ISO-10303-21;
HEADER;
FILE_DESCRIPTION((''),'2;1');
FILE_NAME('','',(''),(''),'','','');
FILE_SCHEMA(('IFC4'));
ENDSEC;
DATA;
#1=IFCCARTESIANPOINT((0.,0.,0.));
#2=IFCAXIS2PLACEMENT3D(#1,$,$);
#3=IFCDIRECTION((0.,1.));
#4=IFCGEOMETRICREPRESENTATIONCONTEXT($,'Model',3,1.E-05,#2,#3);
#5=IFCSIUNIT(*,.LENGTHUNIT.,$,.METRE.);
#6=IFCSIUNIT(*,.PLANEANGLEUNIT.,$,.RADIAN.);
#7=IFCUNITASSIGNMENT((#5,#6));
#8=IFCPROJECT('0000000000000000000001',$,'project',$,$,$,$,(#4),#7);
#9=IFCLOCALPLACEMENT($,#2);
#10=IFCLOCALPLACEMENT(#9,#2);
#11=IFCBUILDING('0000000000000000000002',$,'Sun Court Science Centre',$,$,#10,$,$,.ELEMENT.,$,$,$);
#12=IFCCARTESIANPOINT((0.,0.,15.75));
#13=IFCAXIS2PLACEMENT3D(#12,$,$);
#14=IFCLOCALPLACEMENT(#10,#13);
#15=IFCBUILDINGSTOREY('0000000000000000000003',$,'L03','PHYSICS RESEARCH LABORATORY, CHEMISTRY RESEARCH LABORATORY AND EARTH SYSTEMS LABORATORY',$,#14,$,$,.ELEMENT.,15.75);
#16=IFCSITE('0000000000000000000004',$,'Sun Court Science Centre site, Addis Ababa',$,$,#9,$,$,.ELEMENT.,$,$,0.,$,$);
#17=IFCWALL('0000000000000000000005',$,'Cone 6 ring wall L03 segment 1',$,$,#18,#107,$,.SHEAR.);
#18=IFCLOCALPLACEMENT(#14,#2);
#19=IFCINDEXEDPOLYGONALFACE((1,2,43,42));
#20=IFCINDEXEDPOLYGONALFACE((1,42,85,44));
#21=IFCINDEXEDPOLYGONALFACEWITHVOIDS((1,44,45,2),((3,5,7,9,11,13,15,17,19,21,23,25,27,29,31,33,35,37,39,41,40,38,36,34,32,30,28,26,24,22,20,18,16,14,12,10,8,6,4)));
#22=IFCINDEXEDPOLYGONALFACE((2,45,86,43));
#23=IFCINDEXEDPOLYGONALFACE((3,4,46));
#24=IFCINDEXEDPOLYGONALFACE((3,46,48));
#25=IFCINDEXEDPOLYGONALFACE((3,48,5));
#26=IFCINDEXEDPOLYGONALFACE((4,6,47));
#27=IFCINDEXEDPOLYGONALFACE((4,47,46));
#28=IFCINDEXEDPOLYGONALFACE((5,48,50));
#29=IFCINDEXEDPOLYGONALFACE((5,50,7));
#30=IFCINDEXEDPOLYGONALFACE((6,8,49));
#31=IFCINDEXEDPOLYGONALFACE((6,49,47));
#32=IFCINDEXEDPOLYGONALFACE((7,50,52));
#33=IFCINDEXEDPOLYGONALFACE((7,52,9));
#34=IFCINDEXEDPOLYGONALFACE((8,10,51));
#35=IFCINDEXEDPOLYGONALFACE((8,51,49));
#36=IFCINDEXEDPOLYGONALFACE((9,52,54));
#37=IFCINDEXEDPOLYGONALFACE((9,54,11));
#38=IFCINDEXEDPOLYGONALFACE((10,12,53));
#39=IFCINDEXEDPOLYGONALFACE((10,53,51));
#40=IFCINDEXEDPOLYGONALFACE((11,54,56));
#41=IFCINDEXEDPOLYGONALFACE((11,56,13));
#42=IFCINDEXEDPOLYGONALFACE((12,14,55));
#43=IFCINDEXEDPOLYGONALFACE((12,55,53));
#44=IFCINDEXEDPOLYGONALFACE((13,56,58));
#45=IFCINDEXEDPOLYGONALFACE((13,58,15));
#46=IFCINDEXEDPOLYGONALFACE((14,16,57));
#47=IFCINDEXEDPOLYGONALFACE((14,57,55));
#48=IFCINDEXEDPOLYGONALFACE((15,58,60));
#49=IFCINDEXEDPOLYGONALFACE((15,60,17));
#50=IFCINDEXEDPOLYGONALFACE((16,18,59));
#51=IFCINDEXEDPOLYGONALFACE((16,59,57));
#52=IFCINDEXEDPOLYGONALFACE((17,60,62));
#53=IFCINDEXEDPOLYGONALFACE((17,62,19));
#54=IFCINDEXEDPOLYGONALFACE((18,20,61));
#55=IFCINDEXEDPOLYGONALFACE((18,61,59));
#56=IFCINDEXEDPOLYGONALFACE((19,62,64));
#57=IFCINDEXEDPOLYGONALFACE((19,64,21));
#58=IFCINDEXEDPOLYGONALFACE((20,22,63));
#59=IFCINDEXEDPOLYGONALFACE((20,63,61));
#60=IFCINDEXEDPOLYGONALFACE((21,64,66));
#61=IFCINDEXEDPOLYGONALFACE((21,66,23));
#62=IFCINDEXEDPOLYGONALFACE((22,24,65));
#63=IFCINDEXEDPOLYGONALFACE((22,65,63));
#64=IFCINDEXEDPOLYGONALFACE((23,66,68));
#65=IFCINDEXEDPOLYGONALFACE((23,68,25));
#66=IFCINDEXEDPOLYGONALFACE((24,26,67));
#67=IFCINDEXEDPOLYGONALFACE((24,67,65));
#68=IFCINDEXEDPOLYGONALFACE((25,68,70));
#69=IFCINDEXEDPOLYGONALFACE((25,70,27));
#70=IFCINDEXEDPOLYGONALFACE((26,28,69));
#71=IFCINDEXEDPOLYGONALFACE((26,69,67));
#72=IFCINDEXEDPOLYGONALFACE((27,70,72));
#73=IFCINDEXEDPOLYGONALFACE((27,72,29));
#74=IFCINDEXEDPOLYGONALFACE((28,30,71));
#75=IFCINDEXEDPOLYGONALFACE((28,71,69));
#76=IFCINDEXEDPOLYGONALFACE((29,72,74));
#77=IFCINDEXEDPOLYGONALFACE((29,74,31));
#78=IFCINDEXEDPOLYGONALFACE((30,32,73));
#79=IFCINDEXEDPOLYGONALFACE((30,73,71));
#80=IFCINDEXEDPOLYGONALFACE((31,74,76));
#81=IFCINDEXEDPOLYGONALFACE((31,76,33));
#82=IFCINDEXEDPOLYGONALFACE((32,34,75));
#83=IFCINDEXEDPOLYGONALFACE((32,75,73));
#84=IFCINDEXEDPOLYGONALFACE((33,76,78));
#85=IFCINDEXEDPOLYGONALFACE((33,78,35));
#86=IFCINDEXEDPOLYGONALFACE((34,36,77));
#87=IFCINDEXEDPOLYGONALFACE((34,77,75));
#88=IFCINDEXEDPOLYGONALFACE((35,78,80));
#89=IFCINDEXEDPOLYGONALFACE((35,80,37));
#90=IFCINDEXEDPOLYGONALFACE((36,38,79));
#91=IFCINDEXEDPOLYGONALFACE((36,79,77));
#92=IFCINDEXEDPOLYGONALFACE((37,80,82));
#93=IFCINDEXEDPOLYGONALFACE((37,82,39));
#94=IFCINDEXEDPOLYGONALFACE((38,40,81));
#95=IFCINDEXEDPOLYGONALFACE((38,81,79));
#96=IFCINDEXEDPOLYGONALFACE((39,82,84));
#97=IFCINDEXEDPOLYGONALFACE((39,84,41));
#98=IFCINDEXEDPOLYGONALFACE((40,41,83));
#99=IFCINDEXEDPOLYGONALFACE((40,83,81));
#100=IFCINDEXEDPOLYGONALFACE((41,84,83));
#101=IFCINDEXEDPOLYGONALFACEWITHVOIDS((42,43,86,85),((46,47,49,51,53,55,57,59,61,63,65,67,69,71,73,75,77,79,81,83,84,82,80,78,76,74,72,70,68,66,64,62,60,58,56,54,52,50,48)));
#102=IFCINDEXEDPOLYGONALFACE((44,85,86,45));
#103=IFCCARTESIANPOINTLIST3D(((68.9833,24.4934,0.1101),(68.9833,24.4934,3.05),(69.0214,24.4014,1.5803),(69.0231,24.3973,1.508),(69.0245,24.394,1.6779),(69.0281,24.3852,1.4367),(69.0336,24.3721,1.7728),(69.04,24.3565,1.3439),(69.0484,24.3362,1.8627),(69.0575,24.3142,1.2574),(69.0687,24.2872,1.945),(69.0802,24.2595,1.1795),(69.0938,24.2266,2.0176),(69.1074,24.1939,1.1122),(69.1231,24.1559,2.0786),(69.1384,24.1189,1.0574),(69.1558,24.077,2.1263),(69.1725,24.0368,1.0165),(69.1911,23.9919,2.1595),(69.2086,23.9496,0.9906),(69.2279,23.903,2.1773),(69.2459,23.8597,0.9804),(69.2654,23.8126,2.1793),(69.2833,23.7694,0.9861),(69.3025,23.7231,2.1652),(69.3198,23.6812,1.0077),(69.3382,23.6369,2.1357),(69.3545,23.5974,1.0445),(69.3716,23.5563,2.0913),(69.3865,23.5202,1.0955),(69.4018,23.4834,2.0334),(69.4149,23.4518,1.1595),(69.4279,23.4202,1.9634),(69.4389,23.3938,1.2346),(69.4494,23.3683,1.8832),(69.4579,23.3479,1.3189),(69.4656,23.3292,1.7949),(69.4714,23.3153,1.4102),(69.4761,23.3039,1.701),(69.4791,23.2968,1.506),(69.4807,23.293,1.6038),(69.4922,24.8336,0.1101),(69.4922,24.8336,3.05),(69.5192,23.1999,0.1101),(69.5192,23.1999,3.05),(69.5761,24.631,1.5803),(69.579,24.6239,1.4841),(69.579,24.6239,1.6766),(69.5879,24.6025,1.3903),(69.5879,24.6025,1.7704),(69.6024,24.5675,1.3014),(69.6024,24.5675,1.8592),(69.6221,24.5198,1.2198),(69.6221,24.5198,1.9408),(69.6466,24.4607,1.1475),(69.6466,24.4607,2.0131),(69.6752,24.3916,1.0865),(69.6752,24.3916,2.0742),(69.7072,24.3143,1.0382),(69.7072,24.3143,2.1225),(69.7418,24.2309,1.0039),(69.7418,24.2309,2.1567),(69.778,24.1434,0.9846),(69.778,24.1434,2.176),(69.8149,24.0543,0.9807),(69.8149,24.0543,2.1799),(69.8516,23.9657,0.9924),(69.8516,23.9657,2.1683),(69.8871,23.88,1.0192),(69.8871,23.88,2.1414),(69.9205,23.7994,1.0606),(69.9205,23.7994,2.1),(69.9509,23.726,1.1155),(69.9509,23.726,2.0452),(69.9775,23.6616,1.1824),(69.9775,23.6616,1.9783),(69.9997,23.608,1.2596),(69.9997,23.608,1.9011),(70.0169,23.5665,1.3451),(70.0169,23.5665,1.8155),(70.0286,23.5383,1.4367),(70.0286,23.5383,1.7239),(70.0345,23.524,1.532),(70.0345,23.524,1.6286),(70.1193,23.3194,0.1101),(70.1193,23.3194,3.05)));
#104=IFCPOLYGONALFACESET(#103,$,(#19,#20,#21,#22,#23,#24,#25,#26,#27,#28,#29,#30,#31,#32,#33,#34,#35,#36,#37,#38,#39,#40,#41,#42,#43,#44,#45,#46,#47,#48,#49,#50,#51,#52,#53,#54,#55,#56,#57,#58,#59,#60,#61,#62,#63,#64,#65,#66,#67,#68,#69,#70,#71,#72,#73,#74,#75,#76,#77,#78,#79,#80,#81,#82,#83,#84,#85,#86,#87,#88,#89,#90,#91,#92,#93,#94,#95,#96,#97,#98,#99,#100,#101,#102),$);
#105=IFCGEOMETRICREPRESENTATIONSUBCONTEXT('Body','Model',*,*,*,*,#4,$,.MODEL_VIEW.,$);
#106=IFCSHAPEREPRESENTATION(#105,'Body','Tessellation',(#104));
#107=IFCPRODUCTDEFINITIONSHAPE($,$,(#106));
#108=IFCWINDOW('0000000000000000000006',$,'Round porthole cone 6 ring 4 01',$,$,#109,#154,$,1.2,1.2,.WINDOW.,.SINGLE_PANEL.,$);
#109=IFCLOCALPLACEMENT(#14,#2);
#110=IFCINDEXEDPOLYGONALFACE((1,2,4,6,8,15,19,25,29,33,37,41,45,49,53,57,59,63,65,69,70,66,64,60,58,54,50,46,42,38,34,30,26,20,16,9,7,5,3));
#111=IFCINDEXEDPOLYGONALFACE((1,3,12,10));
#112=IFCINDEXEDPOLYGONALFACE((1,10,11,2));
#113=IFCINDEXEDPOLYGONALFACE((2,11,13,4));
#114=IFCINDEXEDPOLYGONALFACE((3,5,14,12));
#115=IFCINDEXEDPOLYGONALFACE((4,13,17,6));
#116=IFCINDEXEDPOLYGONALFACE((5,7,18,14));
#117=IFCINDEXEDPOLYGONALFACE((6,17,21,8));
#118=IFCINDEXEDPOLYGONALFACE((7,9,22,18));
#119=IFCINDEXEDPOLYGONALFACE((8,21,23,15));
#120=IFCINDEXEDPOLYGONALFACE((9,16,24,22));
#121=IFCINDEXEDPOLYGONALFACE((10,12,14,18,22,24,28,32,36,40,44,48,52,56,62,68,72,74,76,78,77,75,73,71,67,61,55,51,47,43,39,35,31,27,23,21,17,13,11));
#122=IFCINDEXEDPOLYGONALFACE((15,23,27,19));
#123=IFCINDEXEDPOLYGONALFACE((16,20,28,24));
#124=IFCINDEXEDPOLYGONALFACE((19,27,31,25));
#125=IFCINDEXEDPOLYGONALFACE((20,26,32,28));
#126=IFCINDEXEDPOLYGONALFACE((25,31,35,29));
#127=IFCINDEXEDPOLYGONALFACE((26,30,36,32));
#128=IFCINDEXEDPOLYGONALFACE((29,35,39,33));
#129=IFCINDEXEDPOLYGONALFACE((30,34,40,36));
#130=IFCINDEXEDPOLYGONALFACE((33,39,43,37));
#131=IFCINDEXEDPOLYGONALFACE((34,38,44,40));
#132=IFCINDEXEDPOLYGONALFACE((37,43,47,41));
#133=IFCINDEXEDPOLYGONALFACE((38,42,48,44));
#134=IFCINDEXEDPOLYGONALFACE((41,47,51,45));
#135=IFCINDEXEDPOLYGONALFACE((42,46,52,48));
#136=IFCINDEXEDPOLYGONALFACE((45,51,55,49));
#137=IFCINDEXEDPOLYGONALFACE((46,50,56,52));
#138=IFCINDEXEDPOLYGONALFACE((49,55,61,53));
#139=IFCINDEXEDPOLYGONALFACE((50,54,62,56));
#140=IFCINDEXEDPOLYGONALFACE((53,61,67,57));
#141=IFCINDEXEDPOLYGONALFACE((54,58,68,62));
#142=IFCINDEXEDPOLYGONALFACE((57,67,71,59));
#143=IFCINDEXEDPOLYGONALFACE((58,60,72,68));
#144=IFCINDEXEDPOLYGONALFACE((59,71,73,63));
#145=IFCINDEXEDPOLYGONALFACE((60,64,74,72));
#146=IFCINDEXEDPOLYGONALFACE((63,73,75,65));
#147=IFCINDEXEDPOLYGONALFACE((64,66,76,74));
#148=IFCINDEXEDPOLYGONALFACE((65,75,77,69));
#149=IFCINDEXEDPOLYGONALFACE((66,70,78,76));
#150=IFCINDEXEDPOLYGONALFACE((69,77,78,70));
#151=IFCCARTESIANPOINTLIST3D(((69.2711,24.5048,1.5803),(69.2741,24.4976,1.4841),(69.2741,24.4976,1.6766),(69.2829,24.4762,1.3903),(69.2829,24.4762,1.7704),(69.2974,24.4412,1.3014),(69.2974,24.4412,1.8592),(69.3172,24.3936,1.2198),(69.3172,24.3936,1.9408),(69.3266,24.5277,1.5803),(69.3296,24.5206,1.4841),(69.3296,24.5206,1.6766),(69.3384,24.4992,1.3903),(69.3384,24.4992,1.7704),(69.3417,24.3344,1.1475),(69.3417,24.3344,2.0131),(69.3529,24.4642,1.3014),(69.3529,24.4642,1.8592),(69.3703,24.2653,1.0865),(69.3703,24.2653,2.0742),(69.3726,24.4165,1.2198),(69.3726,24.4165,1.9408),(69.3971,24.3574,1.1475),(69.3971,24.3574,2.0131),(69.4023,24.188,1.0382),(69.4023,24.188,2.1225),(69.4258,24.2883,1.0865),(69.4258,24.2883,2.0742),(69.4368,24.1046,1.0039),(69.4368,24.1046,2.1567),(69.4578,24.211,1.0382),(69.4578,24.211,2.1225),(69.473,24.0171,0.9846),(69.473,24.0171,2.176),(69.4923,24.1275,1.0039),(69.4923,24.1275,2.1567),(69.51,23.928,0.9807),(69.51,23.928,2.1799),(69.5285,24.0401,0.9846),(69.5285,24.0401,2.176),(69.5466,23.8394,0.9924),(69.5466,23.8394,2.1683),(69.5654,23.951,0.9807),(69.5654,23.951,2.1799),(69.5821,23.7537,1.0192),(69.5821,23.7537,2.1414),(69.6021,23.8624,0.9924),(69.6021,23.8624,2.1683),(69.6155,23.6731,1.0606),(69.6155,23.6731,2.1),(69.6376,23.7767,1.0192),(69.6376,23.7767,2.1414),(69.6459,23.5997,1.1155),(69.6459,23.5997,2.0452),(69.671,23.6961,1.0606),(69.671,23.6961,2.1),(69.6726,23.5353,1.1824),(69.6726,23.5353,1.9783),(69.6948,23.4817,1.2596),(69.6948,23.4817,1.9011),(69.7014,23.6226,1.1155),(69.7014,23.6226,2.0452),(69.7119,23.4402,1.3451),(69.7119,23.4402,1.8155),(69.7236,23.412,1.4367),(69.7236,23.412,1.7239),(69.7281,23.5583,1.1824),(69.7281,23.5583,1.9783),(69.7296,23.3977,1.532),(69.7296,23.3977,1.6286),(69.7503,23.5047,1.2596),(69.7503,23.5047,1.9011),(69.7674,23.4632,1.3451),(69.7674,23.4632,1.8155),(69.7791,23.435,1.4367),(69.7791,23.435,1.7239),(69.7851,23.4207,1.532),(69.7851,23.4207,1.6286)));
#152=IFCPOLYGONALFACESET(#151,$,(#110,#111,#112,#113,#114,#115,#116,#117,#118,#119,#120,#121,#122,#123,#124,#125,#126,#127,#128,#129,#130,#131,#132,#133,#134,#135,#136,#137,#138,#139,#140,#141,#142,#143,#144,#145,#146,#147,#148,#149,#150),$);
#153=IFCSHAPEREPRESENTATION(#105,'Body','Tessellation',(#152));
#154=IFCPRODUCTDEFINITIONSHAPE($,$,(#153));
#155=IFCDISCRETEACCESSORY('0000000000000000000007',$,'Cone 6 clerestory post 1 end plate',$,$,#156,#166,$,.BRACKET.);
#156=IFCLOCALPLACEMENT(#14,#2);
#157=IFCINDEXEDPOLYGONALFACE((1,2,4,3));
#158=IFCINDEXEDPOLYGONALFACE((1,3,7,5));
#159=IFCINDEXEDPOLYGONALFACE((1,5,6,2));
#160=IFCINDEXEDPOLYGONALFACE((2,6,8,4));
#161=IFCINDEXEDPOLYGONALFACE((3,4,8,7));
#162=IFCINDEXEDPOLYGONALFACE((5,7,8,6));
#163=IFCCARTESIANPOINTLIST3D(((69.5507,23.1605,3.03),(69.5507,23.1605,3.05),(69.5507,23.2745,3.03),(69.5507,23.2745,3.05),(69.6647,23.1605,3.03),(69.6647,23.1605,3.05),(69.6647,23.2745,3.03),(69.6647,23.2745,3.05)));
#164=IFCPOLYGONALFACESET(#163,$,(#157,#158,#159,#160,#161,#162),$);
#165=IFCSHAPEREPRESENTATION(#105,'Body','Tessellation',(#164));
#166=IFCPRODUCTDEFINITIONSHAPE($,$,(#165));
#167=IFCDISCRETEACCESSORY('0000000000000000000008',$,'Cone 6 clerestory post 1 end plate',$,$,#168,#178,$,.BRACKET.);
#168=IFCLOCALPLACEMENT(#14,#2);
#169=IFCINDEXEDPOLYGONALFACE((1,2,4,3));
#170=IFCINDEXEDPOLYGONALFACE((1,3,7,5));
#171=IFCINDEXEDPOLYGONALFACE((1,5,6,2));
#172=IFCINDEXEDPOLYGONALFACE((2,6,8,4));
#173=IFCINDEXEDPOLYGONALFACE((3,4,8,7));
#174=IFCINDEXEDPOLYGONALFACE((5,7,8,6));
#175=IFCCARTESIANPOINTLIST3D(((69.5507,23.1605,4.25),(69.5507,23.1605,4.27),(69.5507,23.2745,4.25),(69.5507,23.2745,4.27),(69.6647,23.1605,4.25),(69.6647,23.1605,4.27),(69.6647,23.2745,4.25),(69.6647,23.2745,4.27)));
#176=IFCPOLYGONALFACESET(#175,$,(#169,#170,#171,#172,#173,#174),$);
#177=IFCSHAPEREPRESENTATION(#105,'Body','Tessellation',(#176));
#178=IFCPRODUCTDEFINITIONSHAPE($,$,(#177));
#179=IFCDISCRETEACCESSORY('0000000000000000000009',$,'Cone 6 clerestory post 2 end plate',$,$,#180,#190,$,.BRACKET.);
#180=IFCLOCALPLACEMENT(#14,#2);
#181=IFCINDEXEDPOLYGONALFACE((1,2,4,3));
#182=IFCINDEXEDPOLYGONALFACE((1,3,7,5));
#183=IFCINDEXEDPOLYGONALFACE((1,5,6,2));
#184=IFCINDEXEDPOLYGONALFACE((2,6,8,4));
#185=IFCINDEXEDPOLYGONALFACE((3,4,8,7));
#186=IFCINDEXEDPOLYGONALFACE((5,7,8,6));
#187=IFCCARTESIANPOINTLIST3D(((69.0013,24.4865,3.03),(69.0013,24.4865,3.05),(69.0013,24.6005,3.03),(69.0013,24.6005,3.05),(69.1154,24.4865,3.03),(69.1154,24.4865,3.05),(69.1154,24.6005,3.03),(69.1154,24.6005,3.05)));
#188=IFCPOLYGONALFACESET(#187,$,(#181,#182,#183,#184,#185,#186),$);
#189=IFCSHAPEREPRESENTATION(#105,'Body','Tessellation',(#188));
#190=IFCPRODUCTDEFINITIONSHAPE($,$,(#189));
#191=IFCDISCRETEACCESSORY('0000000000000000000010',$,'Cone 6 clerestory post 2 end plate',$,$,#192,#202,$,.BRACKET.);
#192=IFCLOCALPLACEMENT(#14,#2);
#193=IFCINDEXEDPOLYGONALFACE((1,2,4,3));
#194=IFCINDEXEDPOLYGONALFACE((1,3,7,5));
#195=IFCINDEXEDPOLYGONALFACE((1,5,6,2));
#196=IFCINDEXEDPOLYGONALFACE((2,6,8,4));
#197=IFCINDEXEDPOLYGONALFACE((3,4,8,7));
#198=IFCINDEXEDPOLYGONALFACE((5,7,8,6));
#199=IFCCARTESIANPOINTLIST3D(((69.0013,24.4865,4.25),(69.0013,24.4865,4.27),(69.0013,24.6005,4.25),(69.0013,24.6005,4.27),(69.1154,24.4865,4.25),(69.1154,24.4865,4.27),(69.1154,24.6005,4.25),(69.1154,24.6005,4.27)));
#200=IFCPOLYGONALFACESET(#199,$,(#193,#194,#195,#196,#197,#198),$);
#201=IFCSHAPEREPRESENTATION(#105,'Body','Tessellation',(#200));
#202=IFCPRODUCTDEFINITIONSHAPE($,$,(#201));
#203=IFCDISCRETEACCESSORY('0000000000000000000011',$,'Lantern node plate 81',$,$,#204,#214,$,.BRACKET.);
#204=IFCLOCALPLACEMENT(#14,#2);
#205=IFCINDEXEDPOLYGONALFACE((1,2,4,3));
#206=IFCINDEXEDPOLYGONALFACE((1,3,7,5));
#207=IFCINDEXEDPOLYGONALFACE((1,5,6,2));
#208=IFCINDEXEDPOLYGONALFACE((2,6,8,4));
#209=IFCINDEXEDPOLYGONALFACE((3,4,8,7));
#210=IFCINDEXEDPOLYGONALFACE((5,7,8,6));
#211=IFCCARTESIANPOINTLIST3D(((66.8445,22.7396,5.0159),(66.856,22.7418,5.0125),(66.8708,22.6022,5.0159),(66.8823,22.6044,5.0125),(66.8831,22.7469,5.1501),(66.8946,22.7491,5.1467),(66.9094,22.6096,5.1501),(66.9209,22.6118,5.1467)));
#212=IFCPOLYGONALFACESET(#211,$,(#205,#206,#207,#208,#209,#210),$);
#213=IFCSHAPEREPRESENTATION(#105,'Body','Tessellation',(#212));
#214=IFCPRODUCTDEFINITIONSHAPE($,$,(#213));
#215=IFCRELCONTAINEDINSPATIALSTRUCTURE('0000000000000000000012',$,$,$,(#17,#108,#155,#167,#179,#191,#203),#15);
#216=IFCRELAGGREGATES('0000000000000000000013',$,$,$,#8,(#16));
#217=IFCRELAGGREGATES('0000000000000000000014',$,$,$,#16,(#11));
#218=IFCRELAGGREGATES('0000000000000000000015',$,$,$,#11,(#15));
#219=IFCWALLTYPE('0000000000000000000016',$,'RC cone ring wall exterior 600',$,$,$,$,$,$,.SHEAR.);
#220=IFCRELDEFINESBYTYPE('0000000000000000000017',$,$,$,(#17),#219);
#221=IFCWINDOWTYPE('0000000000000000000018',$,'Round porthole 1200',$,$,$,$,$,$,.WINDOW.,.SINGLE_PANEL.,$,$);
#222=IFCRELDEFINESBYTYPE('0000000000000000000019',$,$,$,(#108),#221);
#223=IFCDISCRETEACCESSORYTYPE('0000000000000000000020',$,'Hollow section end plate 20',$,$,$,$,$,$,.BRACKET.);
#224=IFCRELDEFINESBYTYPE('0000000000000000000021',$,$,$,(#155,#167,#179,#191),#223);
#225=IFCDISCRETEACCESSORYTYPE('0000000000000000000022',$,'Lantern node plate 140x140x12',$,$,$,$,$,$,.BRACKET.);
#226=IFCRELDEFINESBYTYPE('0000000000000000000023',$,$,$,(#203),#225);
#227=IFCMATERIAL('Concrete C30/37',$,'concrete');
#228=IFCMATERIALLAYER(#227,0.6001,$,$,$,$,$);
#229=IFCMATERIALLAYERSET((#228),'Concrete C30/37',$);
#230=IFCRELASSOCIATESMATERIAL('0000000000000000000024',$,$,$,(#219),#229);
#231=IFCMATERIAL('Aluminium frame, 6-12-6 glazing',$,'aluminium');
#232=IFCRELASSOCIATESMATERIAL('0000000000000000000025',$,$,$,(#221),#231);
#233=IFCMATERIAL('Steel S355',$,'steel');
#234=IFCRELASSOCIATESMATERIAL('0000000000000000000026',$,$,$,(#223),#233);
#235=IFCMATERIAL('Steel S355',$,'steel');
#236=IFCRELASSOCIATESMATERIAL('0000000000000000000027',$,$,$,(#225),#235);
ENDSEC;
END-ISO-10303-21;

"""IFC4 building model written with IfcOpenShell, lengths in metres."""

from ifc_helpers import new_model, si_unit, direction, frame, frame_2d, origin, origin_2d, place, context, subcontext, project, spatial, polyline, rectangle, circle, outline, extrude, material, layer, layer_set, material_profile, profile_set, type_object, element, fill, save


model = new_model("IFC4")

# Units and contexts
model_context = context("Model", 3, precision=1e-05, world=origin(), true_north=direction((0.0, 1.0)))
body_context = subcontext(model_context, "Body", "Model", "MODEL_VIEW")
ifc_project = project(units=[si_unit("LENGTHUNIT", "METRE"), si_unit("PLANEANGLEUNIT", "RADIAN")], contexts=[model_context])

# Site, building, storey
site_placement = place(None, origin())
site = spatial("IfcSite", under=ifc_project, at=site_placement, Name="Sun Court Science Centre site, Addis Ababa", CompositionType="ELEMENT", RefElevation=0.0)
building_placement = place(site_placement, origin())
building = spatial("IfcBuilding", under=site, at=building_placement, Name="Sun Court Science Centre", CompositionType="ELEMENT")
storey_placement = place(building_placement, frame((0.0, 0.0, 15.75)))
storey = spatial("IfcBuildingStorey", under=building, at=storey_placement, Name="L03", Description="PHYSICS RESEARCH LABORATORY, CHEMISTRY RESEARCH LABORATORY AND EARTH SYSTEMS LABORATORY", CompositionType="ELEMENT", Elevation=15.75)

# Wall, opening, window
ifc_material_1 = material(Name="Concrete C30/37", Category="concrete")
ifc_layer_1 = layer(ifc_material_1, 0.6001)
ifc_layer_set_1 = layer_set([ifc_layer_1], Name="Concrete C30/37")
wall_type = type_object("IfcWallType", Name="RC cone ring wall exterior 600", PredefinedType="SHEAR", material=ifc_layer_set_1)
wall_placement = place(storey_placement, frame((69.842, 23.2046, 0.1101), z_axis=(0.0, 0.0, 1.0), x_axis=(-0.382615, 0.923908, 0.0)))
wall = element("IfcWall", 1, at=wall_placement, inside=storey, type_object=wall_type, Name="Cone 6 ring wall L03 segment 1", PredefinedType="SHEAR", context=body_context, shape_type="SweptSolid", body=[
    extrude(outline(polyline([(0.0, -0.3), (1.6389, -0.3), (1.5193, 0.3003), (0.1191, 0.3), (0.0, -0.3)])), origin(), (0.0, 0.0, 1.0), 2.9399),
])
opening_placement = place(wall_placement, frame((0.2195, 0.0, 0.8701)))
opening = element("IfcOpeningElement", 2, at=opening_placement, cuts=wall, PredefinedType="OPENING", context=body_context, shape_type="SweptSolid", body=[
    extrude(circle(Radius=0.6001, at=frame_2d((0.6001, 0.6001))), frame((0.0, 0.3101, 0.0), z_axis=(0.0, -1.0, 0.0), x_axis=(1.0, 0.0, 0.0)), (0.0, 0.0, 1.0), 0.6201),
])
ifc_material_2 = material(Name="Aluminium frame, 6-12-6 glazing", Category="aluminium")
window_type = type_object("IfcWindowType", Name="Round porthole 1200", PartitioningType="SINGLE_PANEL", PredefinedType="WINDOW", material=ifc_material_2)
window_placement = place(opening_placement, origin())
window = element("IfcWindow", 3, at=window_placement, inside=storey, type_object=window_type, Name="Round porthole cone 6 ring 4 01", OverallHeight=1.2, OverallWidth=1.2, PartitioningType="SINGLE_PANEL", PredefinedType="WINDOW", context=body_context, shape_type="SweptSolid", body=[
    extrude(circle(Radius=0.6001, at=frame_2d((0.6001, 0.6001))), frame((0.0, 0.03, 0.0), z_axis=(0.0, -1.0, 0.0), x_axis=(1.0, 0.0, 0.0)), (0.0, 0.0, 1.0), 0.0601),
])
fill(opening, window)

# Discrete accessories
ifc_material_3 = material(Name="Steel S355", Category="steel")
discrete_accessory_type_1 = type_object("IfcDiscreteAccessoryType", Name="Hollow section end plate 20", PredefinedType="BRACKET", material=ifc_material_3)
for number, where, z_axis, x_axis, name in (
    (4, (69.6077, 23.2175, 3.03), (0.0, 0.0, 1.0), (1.0, 0.0, 0.0), "Cone 6 clerestory post 1 end plate"),
    (5, (69.6077, 23.2175, 4.25), (0.0, 0.0, 1.0), (1.0, 0.0, 0.0), "Cone 6 clerestory post 1 end plate"),
    (6, (69.0583, 24.5435, 3.03), (0.0, 0.0, 1.0), (1.0, 0.0, 0.0), "Cone 6 clerestory post 2 end plate"),
    (7, (69.0583, 24.5435, 4.25), (0.0, 0.0, 1.0), (1.0, 0.0, 0.0), "Cone 6 clerestory post 2 end plate"),
):
    element("IfcDiscreteAccessory", number, at=place(storey_placement, frame(where, z_axis=z_axis, x_axis=x_axis)), inside=storey, type_object=discrete_accessory_type_1, Name=name, PredefinedType="BRACKET", context=body_context, shape_type="SweptSolid", body=[
        extrude(rectangle(XDim=0.114, YDim=0.114, at=origin_2d()), origin(), (0.0, 0.0, 1.0), 0.02),
    ])
ifc_material_4 = material(Name="Steel S355", Category="steel")
ifc_material_profile_1 = material_profile(ifc_material_4, rectangle(XDim=0.1399, YDim=0.1399, at=origin_2d()), Name="PL 140x140")
ifc_profile_set_1 = profile_set([ifc_material_profile_1], Name="Steel S355")
discrete_accessory_type_2 = type_object("IfcDiscreteAccessoryType", Name="Lantern node plate 140x140x12", PredefinedType="BRACKET", material=ifc_profile_set_1)
discrete_accessory_1_placement = place(storey_placement, frame((66.8884, 22.6768, 5.0796), z_axis=(-0.942643, -0.180506, 0.280787), x_axis=(0.188072, -0.982155, 0.0)))
element("IfcDiscreteAccessory", 8, at=discrete_accessory_1_placement, inside=storey, type_object=discrete_accessory_type_2, Name="Lantern node plate 81", PredefinedType="BRACKET", context=body_context, shape_type="SweptSolid", body=[
    extrude(rectangle(XDim=0.1399, YDim=0.1399, at=origin_2d()), origin(), (0.0, 0.0, 1.0), 0.0122),
])

save(model, "model.ifc")
